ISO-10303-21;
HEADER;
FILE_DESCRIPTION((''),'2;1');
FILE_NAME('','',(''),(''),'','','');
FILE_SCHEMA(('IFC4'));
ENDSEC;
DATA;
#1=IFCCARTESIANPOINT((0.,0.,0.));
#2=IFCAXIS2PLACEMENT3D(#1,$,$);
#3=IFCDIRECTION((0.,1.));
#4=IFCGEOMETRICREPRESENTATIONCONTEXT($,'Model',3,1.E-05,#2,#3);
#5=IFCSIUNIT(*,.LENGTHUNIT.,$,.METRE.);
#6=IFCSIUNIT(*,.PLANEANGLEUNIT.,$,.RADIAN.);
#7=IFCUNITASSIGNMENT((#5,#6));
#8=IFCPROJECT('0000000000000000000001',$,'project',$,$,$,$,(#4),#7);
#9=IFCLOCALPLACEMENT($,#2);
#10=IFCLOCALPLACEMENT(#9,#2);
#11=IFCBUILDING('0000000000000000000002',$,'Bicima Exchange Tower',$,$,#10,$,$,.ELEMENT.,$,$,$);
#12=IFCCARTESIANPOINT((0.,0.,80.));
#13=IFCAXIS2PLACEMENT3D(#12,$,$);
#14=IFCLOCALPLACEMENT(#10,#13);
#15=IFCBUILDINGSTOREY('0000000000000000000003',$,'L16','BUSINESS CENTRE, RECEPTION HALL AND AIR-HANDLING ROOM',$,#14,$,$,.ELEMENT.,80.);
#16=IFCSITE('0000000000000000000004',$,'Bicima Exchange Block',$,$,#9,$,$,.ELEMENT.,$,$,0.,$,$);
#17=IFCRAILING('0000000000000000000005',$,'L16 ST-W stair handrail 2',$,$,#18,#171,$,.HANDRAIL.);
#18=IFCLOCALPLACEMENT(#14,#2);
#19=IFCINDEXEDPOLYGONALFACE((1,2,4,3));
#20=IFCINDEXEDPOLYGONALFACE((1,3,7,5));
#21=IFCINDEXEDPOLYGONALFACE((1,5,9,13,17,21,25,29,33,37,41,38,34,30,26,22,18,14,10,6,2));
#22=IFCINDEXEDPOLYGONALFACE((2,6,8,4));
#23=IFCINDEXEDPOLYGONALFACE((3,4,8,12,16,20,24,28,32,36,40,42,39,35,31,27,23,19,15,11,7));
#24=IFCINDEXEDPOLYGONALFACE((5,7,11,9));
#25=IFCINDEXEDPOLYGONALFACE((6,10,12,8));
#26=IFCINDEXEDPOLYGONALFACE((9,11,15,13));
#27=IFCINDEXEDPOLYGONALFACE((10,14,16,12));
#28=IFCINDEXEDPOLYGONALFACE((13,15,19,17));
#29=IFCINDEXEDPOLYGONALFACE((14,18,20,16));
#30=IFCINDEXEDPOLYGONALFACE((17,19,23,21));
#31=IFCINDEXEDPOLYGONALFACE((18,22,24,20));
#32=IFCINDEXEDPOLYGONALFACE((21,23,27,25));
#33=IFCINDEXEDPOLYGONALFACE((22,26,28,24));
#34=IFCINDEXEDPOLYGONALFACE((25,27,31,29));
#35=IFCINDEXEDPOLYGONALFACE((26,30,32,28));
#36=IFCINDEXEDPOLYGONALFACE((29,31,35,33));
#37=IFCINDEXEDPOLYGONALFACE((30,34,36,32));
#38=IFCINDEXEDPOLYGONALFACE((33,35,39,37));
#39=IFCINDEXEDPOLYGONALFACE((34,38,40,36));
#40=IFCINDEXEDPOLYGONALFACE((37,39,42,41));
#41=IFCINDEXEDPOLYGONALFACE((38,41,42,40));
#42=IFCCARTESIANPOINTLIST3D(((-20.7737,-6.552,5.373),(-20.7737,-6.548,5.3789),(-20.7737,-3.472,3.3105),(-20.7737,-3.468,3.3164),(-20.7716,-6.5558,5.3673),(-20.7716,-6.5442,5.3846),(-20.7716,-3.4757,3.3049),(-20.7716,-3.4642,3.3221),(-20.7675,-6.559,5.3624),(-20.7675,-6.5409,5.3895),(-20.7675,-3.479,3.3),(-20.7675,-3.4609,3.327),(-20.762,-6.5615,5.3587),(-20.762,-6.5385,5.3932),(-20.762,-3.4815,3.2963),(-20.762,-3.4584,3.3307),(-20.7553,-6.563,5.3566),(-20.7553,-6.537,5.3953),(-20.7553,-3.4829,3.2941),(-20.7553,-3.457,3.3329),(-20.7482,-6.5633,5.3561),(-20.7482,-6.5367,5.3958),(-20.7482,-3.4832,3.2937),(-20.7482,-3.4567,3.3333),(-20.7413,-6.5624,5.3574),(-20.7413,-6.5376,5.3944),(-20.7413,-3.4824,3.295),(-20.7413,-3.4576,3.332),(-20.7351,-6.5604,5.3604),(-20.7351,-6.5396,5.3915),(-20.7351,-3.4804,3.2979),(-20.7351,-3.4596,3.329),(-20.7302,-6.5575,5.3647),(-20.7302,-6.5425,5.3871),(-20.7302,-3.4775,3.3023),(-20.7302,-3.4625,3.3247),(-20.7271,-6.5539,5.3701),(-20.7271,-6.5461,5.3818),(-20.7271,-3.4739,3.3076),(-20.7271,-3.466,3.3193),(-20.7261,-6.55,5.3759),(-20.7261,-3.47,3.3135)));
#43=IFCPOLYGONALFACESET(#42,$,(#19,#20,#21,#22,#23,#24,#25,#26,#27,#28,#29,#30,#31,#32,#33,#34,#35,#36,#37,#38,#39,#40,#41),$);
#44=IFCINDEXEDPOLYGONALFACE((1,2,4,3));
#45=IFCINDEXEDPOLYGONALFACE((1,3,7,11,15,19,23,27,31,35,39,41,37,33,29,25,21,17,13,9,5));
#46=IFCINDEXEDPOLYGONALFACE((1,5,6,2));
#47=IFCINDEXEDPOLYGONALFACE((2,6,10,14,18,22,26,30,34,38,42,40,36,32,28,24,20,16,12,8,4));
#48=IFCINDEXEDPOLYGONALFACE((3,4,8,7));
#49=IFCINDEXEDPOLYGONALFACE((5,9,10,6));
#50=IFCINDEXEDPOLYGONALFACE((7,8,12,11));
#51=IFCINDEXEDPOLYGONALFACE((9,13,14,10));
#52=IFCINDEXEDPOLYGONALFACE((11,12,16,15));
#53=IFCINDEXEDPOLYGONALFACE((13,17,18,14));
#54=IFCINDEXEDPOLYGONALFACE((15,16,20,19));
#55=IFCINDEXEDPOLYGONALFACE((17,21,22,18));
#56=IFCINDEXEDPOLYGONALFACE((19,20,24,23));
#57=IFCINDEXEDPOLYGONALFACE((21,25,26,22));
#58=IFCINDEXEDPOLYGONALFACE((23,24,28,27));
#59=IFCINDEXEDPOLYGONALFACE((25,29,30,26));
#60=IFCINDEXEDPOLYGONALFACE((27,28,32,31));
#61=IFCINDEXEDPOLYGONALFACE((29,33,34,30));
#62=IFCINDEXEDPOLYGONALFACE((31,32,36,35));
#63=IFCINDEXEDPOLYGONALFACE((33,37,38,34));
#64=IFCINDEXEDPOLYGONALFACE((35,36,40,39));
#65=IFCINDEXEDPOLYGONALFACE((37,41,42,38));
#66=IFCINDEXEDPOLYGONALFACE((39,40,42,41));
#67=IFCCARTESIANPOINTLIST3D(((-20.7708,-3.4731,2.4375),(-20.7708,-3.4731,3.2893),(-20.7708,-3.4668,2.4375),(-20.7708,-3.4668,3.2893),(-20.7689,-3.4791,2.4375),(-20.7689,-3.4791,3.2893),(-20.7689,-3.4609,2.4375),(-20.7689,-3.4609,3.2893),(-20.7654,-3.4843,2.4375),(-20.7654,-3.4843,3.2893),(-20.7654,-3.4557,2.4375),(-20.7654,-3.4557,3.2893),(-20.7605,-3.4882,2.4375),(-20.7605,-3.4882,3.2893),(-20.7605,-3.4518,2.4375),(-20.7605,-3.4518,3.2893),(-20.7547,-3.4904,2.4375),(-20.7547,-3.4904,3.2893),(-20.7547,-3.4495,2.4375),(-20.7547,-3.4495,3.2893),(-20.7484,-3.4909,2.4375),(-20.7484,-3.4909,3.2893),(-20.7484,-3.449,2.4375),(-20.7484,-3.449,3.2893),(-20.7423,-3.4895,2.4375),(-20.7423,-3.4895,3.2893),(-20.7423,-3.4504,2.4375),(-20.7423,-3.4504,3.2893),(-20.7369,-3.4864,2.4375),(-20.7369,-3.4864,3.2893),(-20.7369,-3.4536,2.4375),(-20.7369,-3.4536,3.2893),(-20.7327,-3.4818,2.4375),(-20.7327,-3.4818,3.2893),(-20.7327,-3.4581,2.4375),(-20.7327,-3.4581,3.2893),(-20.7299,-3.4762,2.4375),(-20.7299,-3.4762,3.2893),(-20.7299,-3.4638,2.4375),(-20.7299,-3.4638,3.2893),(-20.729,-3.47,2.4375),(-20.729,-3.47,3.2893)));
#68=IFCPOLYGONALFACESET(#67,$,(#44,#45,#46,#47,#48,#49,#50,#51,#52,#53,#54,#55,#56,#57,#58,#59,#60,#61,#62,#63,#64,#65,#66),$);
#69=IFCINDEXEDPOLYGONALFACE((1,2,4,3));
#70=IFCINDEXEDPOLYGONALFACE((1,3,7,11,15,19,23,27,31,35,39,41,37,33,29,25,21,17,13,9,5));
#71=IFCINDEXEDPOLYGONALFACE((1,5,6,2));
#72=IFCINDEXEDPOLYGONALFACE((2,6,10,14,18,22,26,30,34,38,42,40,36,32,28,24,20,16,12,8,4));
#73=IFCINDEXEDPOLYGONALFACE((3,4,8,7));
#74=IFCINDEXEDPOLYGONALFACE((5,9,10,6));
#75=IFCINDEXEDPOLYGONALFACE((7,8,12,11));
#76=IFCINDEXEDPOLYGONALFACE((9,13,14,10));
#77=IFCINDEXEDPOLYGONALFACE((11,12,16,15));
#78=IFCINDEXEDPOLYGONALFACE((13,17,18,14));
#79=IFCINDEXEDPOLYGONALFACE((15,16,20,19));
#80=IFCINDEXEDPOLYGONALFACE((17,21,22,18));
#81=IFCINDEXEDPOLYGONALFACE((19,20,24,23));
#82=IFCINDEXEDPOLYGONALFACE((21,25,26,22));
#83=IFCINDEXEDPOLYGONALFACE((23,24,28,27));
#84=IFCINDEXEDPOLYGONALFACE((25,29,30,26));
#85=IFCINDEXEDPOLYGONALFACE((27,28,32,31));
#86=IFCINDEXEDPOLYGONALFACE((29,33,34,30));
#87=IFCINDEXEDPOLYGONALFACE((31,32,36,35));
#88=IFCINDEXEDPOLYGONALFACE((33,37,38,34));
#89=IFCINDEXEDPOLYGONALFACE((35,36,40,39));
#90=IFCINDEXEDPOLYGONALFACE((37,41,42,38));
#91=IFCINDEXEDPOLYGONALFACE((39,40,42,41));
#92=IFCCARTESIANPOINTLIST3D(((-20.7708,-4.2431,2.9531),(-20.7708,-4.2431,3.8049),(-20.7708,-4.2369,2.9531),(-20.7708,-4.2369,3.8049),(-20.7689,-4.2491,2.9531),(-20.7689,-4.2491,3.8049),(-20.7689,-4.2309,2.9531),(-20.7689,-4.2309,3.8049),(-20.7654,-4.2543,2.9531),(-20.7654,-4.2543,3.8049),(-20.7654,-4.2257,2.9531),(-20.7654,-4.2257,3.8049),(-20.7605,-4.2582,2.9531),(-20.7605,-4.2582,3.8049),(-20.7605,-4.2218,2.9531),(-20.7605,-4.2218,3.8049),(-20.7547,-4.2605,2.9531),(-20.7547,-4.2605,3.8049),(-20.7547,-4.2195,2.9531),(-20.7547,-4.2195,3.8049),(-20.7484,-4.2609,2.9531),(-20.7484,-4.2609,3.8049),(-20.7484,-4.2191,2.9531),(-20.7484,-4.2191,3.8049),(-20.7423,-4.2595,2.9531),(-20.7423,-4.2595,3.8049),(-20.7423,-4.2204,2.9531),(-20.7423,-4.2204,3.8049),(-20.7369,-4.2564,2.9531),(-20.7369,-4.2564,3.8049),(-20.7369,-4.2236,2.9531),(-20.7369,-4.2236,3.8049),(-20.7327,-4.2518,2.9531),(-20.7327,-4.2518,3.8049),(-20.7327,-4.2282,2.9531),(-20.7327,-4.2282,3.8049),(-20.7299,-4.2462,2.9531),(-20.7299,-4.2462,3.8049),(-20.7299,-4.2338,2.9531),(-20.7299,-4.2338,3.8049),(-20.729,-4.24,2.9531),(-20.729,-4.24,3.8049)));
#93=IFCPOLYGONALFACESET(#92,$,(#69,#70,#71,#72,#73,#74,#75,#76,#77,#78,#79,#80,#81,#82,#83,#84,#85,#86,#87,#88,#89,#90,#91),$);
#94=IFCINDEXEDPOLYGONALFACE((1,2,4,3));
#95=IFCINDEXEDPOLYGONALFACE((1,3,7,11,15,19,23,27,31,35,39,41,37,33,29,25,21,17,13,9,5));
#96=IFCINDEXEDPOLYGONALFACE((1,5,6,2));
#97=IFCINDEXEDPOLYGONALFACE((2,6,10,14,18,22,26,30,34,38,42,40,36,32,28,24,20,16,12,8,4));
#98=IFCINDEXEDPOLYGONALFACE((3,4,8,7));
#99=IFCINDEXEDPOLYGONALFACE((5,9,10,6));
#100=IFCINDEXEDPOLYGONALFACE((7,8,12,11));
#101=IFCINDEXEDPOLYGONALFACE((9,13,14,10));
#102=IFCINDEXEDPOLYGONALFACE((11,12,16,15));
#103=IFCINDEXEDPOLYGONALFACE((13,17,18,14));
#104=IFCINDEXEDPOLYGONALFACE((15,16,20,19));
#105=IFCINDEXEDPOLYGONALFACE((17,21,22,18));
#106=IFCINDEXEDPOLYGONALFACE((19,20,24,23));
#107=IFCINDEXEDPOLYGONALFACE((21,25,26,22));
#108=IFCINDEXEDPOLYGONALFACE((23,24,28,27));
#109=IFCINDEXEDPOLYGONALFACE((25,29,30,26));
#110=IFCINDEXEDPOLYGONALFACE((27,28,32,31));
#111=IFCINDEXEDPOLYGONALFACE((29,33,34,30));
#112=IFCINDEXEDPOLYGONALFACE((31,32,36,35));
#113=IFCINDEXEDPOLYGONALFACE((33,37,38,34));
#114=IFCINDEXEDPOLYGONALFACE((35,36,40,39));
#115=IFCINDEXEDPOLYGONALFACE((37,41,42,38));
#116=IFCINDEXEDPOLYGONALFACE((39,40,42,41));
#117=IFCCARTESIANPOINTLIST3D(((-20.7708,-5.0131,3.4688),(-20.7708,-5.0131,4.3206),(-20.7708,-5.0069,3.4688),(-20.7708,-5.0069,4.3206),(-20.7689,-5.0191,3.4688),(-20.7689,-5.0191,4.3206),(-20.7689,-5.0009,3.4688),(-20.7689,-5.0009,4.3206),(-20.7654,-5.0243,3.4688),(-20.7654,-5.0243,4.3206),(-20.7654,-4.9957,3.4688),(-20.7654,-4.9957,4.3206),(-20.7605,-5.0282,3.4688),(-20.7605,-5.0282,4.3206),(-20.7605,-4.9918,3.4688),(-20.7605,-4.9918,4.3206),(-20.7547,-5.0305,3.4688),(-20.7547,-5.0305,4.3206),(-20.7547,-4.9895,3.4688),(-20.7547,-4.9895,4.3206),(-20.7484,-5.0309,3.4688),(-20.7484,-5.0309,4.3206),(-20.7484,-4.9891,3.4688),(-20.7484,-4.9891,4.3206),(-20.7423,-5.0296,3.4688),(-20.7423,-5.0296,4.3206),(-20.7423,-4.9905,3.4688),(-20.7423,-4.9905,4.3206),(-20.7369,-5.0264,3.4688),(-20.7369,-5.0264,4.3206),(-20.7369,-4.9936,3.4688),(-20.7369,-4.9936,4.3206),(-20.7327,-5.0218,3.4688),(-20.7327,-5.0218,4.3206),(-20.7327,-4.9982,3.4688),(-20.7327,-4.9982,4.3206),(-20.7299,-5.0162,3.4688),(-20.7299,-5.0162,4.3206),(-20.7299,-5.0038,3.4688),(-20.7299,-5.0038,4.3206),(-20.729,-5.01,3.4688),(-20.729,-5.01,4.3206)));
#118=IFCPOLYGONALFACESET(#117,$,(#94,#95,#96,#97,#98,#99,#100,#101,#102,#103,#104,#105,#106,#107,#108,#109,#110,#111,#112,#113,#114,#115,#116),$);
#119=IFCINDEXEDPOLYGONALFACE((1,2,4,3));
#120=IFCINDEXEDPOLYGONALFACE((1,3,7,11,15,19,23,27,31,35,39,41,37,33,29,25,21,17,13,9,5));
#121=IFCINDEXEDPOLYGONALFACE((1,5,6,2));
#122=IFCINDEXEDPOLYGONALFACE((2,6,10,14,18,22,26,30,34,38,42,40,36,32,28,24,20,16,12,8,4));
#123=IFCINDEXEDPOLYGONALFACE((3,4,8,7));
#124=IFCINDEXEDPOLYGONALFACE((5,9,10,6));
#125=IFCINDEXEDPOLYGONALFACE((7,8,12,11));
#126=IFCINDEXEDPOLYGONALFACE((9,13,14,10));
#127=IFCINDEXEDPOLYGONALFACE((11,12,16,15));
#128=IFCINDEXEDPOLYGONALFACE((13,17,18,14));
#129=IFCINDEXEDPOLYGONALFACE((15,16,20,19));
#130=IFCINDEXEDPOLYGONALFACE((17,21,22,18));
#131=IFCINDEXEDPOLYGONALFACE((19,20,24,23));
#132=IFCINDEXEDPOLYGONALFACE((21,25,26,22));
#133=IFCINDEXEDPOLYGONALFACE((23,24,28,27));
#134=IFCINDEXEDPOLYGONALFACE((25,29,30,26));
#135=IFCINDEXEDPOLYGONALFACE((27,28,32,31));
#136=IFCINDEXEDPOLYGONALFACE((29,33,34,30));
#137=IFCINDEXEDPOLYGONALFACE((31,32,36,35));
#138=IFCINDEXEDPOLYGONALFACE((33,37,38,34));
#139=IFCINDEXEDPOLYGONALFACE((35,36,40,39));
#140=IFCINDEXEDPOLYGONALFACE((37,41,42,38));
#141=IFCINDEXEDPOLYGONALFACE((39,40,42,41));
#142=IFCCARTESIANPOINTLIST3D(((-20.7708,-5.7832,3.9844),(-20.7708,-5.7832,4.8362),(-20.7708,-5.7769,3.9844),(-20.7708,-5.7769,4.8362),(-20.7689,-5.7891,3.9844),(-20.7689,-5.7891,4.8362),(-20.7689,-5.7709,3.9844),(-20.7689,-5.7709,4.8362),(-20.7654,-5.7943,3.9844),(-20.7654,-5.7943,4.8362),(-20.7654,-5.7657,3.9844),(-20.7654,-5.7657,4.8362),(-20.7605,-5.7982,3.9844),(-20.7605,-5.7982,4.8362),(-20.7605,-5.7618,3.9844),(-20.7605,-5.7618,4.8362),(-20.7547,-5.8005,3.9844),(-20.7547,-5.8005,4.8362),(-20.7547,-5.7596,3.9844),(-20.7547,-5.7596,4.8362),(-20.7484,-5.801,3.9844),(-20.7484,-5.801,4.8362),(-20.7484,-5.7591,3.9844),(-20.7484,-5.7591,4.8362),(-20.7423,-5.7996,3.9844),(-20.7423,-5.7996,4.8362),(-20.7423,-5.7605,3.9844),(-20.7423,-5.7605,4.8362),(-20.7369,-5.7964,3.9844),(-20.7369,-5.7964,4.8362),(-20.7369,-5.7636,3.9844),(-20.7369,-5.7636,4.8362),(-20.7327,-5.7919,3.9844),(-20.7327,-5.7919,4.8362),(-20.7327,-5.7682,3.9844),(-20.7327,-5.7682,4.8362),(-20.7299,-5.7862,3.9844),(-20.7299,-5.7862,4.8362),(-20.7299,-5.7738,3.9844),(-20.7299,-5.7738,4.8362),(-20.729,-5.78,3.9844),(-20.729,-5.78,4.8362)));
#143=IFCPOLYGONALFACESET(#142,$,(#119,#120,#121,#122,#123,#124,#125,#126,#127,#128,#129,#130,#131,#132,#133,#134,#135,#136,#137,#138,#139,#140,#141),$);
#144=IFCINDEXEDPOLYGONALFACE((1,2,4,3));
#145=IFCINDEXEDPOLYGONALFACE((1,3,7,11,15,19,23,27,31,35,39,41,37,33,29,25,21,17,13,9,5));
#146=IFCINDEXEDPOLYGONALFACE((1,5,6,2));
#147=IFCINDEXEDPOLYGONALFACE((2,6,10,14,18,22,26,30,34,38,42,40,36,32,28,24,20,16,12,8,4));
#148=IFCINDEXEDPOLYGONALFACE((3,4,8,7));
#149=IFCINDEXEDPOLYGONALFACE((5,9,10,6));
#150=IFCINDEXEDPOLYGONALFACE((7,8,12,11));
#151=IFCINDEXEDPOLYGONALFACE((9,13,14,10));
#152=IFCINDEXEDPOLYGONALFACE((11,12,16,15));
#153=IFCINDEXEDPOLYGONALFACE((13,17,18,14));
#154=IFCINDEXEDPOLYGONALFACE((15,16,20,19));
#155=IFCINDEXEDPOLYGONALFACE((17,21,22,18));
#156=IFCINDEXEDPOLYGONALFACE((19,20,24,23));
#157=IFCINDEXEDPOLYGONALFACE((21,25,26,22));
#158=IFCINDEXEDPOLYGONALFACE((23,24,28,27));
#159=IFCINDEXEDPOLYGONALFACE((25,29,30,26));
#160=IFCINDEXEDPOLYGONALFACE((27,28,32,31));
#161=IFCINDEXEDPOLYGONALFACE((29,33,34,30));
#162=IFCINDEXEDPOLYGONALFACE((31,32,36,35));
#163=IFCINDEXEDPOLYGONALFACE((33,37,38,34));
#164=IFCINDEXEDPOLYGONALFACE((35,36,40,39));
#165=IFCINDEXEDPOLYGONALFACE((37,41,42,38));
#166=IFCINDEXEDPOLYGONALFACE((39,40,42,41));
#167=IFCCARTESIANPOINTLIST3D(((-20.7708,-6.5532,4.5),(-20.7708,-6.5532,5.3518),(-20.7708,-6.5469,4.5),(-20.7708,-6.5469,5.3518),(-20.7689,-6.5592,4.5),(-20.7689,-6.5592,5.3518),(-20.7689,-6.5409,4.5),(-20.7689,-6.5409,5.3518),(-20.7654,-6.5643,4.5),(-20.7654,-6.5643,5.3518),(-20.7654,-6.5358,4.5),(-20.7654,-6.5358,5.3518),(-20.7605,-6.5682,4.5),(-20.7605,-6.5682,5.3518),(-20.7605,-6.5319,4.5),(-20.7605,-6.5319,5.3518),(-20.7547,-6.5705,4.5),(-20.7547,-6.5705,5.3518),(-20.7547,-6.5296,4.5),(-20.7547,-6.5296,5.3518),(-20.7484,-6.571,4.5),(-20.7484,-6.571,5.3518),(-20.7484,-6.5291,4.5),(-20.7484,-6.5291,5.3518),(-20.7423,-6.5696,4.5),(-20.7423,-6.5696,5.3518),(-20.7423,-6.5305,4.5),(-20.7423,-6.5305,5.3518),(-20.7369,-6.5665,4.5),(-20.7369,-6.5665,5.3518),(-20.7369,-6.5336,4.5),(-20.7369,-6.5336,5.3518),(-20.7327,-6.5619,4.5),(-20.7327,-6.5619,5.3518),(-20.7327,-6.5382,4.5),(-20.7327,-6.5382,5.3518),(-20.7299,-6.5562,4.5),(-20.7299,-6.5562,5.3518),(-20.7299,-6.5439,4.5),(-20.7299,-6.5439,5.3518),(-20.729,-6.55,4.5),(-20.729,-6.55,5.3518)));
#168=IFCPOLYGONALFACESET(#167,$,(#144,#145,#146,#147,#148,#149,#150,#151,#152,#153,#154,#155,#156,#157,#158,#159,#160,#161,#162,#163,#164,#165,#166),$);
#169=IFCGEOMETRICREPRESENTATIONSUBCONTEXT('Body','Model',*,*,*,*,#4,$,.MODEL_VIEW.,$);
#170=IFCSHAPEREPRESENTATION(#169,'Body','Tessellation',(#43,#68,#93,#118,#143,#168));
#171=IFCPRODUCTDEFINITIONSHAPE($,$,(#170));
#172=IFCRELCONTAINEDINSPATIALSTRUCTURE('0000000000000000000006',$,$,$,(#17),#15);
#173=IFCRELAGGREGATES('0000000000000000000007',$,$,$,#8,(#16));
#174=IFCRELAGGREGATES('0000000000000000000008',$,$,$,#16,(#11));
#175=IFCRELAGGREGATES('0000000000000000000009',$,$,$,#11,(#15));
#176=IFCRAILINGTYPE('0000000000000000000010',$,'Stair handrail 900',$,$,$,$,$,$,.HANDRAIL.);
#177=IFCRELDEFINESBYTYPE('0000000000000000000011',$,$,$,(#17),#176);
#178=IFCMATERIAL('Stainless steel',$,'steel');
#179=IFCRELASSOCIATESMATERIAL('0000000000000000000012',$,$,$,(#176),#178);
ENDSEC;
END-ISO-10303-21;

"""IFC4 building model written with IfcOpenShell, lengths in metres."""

from ifc_helpers import new_model, si_unit, direction, frame, origin, origin_2d, place, context, subcontext, project, spatial, circle, extrude, material, type_object, element, save


model = new_model("IFC4")

# Units and contexts
model_context = context("Model", 3, precision=1e-05, world=origin(), true_north=direction((0.0, 1.0)))
body_context = subcontext(model_context, "Body", "Model", "MODEL_VIEW")
ifc_project = project(units=[si_unit("LENGTHUNIT", "METRE"), si_unit("PLANEANGLEUNIT", "RADIAN")], contexts=[model_context])

# Site, building, storey
site_placement = place(None, origin())
site = spatial("IfcSite", under=ifc_project, at=site_placement, Name="Bicima Exchange Block", CompositionType="ELEMENT", RefElevation=0.0)
building_placement = place(site_placement, origin())
building = spatial("IfcBuilding", under=site, at=building_placement, Name="Bicima Exchange Tower", CompositionType="ELEMENT")
storey_placement = place(building_placement, frame((0.0, 0.0, 80.0)))
storey = spatial("IfcBuildingStorey", under=building, at=storey_placement, Name="L16", Description="BUSINESS CENTRE, RECEPTION HALL AND AIR-HANDLING ROOM", CompositionType="ELEMENT", Elevation=80.0)

# Railing
ifc_material_1 = material(Name="Stainless steel", Category="steel")
railing_type = type_object("IfcRailingType", Name="Stair handrail 900", PredefinedType="HANDRAIL", material=ifc_material_1)
railing_placement = place(storey_placement, frame((-20.75, -3.47, 2.4375)))
element("IfcRailing", 1, at=railing_placement, inside=storey, type_object=railing_type, Name="L16 ST-W stair handrail 2", PredefinedType="HANDRAIL", context=body_context, shape_type="SweptSolid", body=[
    extrude(circle(Radius=0.0239, at=origin_2d()), frame((0.0, 0.0, 0.876), z_axis=(0.0, -0.830914, 0.556401), x_axis=(1.0, 0.0, 0.0)), (0.0, 0.0, 1.0), 3.7068),
    extrude(circle(Radius=0.021, at=origin_2d()), origin(), (0.0, 0.0, 1.0), 0.8518),
    extrude(circle(Radius=0.021, at=origin_2d()), frame((0.0, -0.77, 0.5156)), (0.0, 0.0, 1.0), 0.8518),
    extrude(circle(Radius=0.021, at=origin_2d()), frame((0.0, -1.54, 1.0312)), (0.0, 0.0, 1.0), 0.8518),
    extrude(circle(Radius=0.021, at=origin_2d()), frame((0.0, -2.3101, 1.5469)), (0.0, 0.0, 1.0), 0.8518),
    extrude(circle(Radius=0.021, at=origin_2d()), frame((0.0, -3.0801, 2.0625)), (0.0, 0.0, 1.0), 0.8518),
])

save(model, "model.ifc")
